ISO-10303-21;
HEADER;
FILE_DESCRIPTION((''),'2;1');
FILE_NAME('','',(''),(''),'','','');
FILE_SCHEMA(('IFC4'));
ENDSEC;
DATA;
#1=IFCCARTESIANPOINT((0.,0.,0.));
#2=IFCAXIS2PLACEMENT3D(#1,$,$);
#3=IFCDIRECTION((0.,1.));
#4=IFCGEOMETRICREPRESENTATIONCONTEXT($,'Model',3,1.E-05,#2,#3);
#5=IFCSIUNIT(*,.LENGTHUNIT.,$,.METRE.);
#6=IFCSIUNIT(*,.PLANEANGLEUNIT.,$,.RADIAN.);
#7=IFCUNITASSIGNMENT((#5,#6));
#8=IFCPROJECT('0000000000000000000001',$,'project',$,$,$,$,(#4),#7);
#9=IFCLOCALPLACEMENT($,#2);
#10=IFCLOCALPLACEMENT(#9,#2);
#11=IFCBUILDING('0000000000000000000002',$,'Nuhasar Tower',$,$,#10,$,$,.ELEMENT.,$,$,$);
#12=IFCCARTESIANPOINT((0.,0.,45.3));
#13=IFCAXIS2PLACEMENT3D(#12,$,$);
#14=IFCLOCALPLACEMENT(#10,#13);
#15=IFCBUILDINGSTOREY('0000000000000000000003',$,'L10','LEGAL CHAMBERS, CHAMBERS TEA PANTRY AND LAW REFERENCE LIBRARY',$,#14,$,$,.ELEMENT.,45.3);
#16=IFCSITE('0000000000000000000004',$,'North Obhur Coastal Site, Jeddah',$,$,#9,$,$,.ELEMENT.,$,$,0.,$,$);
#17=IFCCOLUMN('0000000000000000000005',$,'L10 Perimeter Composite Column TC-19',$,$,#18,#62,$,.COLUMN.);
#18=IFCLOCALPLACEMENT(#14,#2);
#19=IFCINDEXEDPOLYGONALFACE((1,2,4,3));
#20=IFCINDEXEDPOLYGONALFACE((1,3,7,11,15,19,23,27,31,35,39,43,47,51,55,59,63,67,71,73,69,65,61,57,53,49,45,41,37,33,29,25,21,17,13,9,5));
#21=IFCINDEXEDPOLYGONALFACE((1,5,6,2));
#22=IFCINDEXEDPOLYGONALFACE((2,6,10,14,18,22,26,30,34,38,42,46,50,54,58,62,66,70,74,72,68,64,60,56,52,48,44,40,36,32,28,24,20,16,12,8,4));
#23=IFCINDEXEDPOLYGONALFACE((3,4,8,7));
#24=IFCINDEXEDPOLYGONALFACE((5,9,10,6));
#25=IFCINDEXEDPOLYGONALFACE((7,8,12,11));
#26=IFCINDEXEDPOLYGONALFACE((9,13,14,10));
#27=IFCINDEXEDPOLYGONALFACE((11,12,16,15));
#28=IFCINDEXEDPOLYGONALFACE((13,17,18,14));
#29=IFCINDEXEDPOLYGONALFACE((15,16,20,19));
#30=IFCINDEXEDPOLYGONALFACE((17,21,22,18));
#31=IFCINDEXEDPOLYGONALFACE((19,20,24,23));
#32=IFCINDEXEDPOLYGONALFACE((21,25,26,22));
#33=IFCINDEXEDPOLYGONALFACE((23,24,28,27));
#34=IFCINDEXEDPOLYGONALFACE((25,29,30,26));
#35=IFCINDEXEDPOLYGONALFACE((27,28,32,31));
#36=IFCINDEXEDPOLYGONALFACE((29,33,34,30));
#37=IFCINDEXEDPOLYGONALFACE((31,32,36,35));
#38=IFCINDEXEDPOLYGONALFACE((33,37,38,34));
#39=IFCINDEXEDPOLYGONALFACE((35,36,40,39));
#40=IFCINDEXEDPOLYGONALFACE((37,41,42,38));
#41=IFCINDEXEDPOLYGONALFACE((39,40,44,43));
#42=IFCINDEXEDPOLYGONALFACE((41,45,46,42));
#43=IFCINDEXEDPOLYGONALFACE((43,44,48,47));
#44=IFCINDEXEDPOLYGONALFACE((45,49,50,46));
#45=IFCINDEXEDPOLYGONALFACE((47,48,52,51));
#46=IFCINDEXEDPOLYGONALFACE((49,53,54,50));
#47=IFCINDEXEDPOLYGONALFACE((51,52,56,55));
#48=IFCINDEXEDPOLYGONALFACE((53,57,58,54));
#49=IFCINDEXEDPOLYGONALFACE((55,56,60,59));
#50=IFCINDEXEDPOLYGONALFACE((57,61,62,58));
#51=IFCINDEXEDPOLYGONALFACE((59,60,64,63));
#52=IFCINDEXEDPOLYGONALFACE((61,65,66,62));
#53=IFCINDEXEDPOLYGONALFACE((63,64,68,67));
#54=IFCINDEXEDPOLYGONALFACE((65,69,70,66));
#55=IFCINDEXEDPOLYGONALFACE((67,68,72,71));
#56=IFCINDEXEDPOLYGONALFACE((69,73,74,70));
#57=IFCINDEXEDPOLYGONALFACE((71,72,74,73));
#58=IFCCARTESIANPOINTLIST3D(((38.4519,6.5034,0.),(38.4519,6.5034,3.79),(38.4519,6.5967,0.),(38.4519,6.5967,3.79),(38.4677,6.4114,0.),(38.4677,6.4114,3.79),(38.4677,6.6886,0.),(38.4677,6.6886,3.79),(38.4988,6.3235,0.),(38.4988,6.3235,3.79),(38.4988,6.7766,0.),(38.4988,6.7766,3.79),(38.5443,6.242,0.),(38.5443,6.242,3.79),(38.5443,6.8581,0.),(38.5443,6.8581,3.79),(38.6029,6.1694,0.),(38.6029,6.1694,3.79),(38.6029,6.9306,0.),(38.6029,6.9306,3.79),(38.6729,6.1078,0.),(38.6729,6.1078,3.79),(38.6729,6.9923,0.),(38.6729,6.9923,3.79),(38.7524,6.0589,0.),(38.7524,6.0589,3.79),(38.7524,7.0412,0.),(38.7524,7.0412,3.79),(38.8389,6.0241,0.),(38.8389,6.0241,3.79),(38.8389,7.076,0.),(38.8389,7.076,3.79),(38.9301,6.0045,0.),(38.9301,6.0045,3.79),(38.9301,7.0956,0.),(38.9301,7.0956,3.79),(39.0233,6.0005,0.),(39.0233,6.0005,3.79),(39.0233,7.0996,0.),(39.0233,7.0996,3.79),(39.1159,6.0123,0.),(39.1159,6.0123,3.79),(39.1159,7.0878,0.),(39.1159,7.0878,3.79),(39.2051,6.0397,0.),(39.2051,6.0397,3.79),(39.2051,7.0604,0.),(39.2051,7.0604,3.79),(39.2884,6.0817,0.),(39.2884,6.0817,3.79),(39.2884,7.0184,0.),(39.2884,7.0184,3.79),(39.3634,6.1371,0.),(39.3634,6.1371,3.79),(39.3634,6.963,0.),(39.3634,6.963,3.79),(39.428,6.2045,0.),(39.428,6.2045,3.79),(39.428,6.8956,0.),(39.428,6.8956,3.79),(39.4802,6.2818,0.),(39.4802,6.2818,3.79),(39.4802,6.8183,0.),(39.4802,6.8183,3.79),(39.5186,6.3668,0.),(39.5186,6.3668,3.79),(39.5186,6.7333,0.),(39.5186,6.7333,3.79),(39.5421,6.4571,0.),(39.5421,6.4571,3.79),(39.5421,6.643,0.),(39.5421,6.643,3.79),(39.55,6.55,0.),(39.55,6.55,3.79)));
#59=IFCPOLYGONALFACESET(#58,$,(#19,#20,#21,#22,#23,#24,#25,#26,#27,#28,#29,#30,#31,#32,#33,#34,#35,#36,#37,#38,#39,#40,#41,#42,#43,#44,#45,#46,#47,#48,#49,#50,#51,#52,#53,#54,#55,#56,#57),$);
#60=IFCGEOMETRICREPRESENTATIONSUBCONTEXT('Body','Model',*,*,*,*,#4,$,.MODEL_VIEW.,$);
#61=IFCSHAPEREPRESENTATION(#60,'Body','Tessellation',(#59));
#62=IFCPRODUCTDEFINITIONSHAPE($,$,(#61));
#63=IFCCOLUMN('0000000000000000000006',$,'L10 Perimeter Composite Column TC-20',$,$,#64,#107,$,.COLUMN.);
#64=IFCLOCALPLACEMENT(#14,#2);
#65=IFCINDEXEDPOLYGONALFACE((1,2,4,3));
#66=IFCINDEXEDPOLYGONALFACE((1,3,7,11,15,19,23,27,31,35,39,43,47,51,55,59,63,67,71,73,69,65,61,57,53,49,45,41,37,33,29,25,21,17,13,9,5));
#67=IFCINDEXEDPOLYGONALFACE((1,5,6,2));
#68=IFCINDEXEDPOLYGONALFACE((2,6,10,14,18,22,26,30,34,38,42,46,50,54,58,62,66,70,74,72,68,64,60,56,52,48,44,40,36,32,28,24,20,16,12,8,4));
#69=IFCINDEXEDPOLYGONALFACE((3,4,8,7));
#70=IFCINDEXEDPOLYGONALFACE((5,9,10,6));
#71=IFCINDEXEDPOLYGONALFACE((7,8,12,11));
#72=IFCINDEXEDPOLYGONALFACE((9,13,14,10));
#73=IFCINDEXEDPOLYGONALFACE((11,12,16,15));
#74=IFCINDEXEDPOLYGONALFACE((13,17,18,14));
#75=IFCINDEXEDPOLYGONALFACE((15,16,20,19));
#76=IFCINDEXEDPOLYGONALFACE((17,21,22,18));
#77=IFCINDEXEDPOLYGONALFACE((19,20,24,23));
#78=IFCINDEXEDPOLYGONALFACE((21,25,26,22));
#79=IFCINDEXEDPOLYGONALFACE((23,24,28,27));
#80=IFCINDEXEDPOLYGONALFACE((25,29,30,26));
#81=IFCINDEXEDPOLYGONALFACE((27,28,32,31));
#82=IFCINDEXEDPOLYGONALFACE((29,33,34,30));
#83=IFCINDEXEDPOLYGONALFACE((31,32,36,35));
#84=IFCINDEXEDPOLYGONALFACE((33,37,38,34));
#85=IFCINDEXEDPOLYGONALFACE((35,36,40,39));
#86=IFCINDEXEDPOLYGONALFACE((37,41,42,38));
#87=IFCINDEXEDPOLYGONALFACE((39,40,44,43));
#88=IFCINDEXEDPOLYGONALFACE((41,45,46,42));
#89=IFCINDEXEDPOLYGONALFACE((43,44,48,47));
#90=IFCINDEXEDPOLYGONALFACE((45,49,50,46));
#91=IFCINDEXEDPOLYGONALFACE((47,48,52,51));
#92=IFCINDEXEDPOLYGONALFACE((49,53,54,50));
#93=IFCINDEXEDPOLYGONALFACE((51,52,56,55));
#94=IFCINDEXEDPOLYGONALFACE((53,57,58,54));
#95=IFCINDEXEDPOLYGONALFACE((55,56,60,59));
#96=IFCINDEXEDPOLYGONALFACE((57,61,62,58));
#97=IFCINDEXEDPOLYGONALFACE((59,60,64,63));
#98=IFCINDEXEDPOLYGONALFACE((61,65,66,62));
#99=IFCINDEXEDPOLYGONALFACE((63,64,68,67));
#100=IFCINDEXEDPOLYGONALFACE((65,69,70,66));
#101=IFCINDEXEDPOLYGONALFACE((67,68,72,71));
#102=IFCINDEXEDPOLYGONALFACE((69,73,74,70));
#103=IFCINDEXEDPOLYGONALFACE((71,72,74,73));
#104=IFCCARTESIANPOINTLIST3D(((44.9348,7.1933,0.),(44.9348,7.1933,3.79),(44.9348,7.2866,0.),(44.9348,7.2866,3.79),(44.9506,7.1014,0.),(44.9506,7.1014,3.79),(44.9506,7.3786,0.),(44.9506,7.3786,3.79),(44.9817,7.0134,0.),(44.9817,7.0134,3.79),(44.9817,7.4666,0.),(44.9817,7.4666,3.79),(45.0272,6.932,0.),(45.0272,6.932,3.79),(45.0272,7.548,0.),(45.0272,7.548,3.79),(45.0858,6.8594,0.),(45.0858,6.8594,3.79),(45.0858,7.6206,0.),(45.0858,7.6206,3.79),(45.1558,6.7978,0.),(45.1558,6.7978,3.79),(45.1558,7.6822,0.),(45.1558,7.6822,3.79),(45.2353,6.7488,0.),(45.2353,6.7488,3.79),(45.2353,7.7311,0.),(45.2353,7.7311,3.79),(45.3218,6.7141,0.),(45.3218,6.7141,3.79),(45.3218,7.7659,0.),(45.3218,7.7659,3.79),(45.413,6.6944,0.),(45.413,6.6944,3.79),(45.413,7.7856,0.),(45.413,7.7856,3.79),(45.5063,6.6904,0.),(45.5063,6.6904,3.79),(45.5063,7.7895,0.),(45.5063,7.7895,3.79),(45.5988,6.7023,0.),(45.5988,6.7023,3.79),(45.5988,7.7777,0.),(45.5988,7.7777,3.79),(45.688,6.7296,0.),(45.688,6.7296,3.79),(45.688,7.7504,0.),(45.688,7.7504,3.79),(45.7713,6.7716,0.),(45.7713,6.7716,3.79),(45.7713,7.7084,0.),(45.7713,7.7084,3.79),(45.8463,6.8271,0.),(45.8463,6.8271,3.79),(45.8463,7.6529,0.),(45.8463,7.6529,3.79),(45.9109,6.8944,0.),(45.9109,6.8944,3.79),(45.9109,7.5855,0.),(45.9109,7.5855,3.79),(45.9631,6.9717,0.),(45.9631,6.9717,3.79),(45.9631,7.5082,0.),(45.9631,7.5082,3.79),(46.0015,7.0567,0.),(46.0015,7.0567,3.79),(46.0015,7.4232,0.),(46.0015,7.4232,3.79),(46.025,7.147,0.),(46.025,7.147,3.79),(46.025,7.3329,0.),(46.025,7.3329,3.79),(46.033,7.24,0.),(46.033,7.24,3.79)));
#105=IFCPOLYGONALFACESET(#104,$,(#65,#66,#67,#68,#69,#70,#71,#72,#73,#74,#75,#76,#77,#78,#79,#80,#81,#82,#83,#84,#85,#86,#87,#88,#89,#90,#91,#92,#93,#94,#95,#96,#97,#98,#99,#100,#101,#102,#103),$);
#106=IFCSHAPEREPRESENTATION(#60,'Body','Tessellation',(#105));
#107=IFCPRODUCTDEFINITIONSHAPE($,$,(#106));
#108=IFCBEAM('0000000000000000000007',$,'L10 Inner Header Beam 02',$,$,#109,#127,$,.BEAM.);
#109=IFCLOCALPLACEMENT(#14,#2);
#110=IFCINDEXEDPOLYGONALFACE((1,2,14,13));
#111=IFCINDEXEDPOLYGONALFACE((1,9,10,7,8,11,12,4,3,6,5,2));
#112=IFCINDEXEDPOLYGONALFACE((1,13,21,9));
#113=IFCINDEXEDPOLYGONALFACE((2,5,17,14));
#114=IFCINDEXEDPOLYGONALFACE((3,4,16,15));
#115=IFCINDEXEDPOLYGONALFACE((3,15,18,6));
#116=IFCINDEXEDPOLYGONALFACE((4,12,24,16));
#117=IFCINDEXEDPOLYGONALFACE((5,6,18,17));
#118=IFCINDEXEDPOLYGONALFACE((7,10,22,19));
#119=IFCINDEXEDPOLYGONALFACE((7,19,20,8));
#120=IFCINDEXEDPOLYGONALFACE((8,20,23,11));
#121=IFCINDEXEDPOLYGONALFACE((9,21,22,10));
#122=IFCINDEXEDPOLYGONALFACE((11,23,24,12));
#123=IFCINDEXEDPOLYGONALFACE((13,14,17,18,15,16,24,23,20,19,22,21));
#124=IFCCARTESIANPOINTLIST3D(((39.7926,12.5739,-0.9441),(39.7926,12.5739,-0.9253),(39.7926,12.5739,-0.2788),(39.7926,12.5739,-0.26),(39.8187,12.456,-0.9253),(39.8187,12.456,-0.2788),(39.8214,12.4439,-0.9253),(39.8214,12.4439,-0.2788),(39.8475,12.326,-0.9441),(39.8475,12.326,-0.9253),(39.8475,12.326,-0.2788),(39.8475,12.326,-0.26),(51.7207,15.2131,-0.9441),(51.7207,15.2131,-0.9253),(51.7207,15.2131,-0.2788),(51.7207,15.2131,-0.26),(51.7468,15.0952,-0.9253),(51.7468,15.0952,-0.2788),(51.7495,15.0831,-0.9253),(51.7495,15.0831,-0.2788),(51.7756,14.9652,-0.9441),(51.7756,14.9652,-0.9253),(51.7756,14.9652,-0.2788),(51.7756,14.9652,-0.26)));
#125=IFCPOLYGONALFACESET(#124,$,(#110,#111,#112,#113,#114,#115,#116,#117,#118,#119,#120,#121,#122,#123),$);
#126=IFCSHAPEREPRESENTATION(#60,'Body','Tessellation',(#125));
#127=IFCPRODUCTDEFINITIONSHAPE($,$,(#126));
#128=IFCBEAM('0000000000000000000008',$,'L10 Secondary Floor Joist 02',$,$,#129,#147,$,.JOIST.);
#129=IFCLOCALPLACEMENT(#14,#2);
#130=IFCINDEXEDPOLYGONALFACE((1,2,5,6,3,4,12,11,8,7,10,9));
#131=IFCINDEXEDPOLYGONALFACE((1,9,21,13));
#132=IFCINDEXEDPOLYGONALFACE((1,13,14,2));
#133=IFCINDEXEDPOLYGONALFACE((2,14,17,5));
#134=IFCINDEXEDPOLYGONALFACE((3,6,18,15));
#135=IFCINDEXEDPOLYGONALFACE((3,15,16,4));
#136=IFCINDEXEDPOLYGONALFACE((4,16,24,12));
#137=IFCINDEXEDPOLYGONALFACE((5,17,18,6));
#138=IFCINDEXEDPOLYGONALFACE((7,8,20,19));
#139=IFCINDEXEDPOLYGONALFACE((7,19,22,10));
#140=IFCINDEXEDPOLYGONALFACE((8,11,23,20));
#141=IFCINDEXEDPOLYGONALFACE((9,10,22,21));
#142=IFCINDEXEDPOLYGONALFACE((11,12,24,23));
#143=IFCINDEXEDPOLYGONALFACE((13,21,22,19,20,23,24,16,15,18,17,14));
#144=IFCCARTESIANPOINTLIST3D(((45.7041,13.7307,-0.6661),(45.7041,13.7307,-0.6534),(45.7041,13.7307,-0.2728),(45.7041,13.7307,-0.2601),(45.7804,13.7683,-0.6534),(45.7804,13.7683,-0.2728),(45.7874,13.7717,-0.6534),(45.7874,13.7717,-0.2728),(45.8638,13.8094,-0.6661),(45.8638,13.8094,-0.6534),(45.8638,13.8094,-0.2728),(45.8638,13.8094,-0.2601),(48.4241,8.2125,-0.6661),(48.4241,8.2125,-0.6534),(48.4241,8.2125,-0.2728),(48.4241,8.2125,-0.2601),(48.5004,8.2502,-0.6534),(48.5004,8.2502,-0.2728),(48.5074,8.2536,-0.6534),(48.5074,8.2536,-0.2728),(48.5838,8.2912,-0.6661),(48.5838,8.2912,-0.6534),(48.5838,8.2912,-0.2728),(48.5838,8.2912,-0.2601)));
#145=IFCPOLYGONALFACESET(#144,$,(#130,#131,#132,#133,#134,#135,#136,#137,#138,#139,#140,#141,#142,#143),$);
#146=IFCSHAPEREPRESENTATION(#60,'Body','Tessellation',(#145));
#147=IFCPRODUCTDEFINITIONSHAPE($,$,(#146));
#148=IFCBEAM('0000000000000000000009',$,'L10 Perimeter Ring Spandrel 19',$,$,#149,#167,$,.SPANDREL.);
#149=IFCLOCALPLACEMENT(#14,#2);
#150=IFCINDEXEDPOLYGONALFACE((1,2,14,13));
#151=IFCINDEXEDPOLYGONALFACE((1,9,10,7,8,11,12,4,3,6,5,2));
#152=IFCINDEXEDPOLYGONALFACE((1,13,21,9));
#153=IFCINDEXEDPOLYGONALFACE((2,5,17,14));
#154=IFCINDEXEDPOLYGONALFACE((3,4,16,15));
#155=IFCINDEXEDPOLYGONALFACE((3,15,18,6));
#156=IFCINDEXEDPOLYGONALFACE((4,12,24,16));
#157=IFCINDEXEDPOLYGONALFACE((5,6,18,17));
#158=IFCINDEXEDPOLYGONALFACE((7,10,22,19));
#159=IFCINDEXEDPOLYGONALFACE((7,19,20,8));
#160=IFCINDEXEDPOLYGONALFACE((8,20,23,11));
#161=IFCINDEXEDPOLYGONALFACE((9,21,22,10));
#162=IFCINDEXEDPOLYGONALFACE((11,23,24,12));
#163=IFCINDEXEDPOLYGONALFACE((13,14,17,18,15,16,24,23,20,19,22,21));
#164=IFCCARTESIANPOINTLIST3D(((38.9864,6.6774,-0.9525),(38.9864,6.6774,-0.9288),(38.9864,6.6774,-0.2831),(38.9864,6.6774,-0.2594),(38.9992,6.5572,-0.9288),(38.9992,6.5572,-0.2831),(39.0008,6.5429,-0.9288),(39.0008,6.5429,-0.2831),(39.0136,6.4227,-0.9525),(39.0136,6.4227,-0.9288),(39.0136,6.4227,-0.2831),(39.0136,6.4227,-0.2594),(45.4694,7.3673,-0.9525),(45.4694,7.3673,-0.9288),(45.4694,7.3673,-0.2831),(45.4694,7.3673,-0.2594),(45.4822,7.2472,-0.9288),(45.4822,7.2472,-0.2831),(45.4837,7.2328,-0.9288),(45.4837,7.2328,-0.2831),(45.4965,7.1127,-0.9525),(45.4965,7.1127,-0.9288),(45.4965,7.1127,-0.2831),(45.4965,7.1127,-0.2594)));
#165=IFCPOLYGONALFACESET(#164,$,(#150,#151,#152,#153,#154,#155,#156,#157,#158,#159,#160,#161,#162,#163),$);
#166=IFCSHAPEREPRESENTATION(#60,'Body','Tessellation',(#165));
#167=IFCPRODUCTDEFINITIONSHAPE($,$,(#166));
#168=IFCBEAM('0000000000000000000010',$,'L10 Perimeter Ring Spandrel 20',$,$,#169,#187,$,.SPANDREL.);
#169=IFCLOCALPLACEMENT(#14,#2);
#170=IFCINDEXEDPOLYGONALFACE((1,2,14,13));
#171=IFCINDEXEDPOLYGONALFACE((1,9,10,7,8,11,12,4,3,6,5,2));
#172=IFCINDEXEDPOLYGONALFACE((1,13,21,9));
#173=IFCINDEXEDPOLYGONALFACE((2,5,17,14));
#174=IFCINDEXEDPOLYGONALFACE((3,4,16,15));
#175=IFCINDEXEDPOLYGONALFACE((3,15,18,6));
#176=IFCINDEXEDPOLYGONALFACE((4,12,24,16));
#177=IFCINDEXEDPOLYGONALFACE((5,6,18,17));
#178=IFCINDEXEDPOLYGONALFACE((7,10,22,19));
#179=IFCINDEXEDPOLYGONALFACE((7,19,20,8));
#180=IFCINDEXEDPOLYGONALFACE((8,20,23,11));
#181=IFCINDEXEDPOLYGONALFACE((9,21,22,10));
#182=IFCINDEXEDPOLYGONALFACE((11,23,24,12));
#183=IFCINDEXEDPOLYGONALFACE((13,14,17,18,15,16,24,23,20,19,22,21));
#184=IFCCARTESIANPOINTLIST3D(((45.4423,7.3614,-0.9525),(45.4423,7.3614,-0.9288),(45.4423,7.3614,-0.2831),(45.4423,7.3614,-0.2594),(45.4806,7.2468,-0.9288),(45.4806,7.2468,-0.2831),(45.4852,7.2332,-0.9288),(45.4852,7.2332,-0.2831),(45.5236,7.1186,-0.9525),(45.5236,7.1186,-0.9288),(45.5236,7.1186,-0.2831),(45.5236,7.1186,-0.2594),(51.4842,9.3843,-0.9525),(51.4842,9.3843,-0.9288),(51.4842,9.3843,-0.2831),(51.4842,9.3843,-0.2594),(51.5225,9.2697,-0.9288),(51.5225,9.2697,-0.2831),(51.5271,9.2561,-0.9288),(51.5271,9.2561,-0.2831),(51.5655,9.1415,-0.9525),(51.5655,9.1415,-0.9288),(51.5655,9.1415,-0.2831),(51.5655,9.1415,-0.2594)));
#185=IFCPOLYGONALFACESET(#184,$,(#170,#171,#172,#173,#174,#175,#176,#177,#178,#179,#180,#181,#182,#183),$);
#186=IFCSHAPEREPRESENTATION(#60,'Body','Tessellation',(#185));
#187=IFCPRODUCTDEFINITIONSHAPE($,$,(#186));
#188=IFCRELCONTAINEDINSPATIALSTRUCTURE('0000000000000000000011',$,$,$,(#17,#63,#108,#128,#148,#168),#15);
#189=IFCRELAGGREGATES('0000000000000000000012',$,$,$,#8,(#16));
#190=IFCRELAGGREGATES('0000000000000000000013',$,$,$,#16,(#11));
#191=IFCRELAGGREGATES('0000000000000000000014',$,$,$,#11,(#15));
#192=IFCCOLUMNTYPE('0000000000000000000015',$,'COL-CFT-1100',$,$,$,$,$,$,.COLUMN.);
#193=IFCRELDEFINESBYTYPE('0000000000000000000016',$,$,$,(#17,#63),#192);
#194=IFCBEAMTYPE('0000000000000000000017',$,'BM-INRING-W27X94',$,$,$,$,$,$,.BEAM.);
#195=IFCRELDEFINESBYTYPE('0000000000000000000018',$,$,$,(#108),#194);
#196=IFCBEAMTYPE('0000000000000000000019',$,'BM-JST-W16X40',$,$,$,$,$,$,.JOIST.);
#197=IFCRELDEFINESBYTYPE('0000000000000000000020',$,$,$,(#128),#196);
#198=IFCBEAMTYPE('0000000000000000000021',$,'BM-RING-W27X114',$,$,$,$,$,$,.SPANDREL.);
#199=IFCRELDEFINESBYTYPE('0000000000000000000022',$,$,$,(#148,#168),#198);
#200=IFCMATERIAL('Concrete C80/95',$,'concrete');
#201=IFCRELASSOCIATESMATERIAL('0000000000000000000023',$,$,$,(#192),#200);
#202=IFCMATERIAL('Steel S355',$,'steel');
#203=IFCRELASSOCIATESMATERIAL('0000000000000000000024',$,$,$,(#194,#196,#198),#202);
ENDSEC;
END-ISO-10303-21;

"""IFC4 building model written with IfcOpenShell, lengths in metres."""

from ifc_helpers import new_model, si_unit, direction, frame, origin, origin_2d, place, context, subcontext, project, spatial, circle, i_section, extrude, material, material_profile, profile_set, type_object, element, save


model = new_model("IFC4")

# Units and contexts
model_context = context("Model", 3, precision=1e-05, world=origin(), true_north=direction((0.0, 1.0)))
body_context = subcontext(model_context, "Body", "Model", "MODEL_VIEW")
ifc_project = project(units=[si_unit("LENGTHUNIT", "METRE"), si_unit("PLANEANGLEUNIT", "RADIAN")], contexts=[model_context])

# Site, building, storey
site_placement = place(None, origin())
site = spatial("IfcSite", under=ifc_project, at=site_placement, Name="North Obhur Coastal Site, Jeddah", CompositionType="ELEMENT", RefElevation=0.0)
building_placement = place(site_placement, origin())
building = spatial("IfcBuilding", under=site, at=building_placement, Name="Nuhasar Tower", CompositionType="ELEMENT")
storey_placement = place(building_placement, frame((0.0, 0.0, 45.3)))
storey = spatial("IfcBuildingStorey", under=building, at=storey_placement, Name="L10", Description="LEGAL CHAMBERS, CHAMBERS TEA PANTRY AND LAW REFERENCE LIBRARY", CompositionType="ELEMENT", Elevation=45.3)

# Columns
ifc_material_1 = material(Name="Concrete C80/95", Category="concrete")
ifc_material_profile_1 = material_profile(ifc_material_1, circle(Radius=0.55, at=origin_2d()), Name="CFT1100")
ifc_profile_set_1 = profile_set([ifc_material_profile_1], Name="Concrete C80/95")
column_type = type_object("IfcColumnType", Name="COL-CFT-1100", PredefinedType="COLUMN", material=ifc_profile_set_1)
for number, where, z_axis, x_axis, name in (
    (1, (39.0, 6.55, 0.0), (0.0, 0.0, 1.0), (1.0, 0.0, 0.0), "L10 Perimeter Composite Column TC-19"),
    (2, (45.4829, 7.24, 0.0), (0.0, 0.0, 1.0), (1.0, 0.0, 0.0), "L10 Perimeter Composite Column TC-20"),
):
    element("IfcColumn", number, at=place(storey_placement, frame(where, z_axis=z_axis, x_axis=x_axis)), inside=storey, type_object=column_type, Name=name, PredefinedType="COLUMN", context=body_context, shape_type="SweptSolid", body=[
        extrude(circle(Radius=0.55, at=origin_2d()), origin(), (0.0, 0.0, 1.0), 3.79),
    ])

# Beams
ifc_material_2 = material(Name="Steel S355", Category="steel")
ifc_material_profile_2 = material_profile(ifc_material_2, i_section(OverallWidth=0.2539, OverallDepth=0.6841, WebThickness=0.0125, FlangeThickness=0.0188, at=origin_2d()), Name="W27X94")
ifc_profile_set_2 = profile_set([ifc_material_profile_2], Name="Steel S355")
beam_type_1 = type_object("IfcBeamType", Name="BM-INRING-W27X94", PredefinedType="BEAM", material=ifc_profile_set_2)
beam_1_placement = place(storey_placement, frame((39.8201, 12.45, -0.6021), z_axis=(0.976386, 0.216033, 0.0), x_axis=(-0.216033, 0.976386, 0.0)))
element("IfcBeam", 3, at=beam_1_placement, inside=storey, type_object=beam_type_1, Name="L10 Inner Header Beam 02", PredefinedType="BEAM", context=body_context, shape_type="SweptSolid", body=[
    extrude(i_section(OverallWidth=0.2539, OverallDepth=0.6841, WebThickness=0.0125, FlangeThickness=0.0188, at=origin_2d()), origin(), (0.0, 0.0, 1.0), 12.2166),
])
ifc_material_profile_3 = material_profile(ifc_material_2, i_section(OverallWidth=0.178, OverallDepth=0.406, WebThickness=0.0078, FlangeThickness=0.0127, at=origin_2d()), Name="W16X40")
ifc_profile_set_3 = profile_set([ifc_material_profile_3], Name="Steel S355")
beam_type_2 = type_object("IfcBeamType", Name="BM-JST-W16X40", PredefinedType="JOIST", material=ifc_profile_set_3)
beam_2_placement = place(storey_placement, frame((45.7839, 13.77, -0.4631), z_axis=(0.442127, -0.896953, 0.0), x_axis=(0.896953, 0.442127, 0.0)))
element("IfcBeam", 4, at=beam_2_placement, inside=storey, type_object=beam_type_2, Name="L10 Secondary Floor Joist 02", PredefinedType="JOIST", context=body_context, shape_type="SweptSolid", body=[
    extrude(i_section(OverallWidth=0.178, OverallDepth=0.406, WebThickness=0.0078, FlangeThickness=0.0127, at=origin_2d()), origin(), (0.0, 0.0, 1.0), 6.1521),
])
ifc_material_profile_4 = material_profile(ifc_material_2, i_section(OverallWidth=0.2561, OverallDepth=0.6931, WebThickness=0.0144, FlangeThickness=0.0237, at=origin_2d()), Name="W27X114")
ifc_profile_set_4 = profile_set([ifc_material_profile_4], Name="Steel S355")
beam_type_3 = type_object("IfcBeamType", Name="BM-RING-W27X114", PredefinedType="SPANDREL", material=ifc_profile_set_4)
beam_3_placement = place(storey_placement, frame((39.0, 6.55, -0.606), z_axis=(0.994385, 0.105827, 0.0), x_axis=(-0.105827, 0.994385, 0.0)))
element("IfcBeam", 5, at=beam_3_placement, inside=storey, type_object=beam_type_3, Name="L10 Perimeter Ring Spandrel 19", PredefinedType="SPANDREL", context=body_context, shape_type="SweptSolid", body=[
    extrude(i_section(OverallWidth=0.2561, OverallDepth=0.6931, WebThickness=0.0144, FlangeThickness=0.0237, at=origin_2d()), origin(), (0.0, 0.0, 1.0), 6.5195),
])
beam_4_placement = place(storey_placement, frame((45.4829, 7.24, -0.606), z_axis=(0.948261, 0.317492, 0.0), x_axis=(-0.317492, 0.948261, 0.0)))
element("IfcBeam", 6, at=beam_4_placement, inside=storey, type_object=beam_type_3, Name="L10 Perimeter Ring Spandrel 20", PredefinedType="SPANDREL", context=body_context, shape_type="SweptSolid", body=[
    extrude(i_section(OverallWidth=0.2561, OverallDepth=0.6931, WebThickness=0.0144, FlangeThickness=0.0237, at=origin_2d()), origin(), (0.0, 0.0, 1.0), 6.3716),
])

save(model, "model.ifc")
